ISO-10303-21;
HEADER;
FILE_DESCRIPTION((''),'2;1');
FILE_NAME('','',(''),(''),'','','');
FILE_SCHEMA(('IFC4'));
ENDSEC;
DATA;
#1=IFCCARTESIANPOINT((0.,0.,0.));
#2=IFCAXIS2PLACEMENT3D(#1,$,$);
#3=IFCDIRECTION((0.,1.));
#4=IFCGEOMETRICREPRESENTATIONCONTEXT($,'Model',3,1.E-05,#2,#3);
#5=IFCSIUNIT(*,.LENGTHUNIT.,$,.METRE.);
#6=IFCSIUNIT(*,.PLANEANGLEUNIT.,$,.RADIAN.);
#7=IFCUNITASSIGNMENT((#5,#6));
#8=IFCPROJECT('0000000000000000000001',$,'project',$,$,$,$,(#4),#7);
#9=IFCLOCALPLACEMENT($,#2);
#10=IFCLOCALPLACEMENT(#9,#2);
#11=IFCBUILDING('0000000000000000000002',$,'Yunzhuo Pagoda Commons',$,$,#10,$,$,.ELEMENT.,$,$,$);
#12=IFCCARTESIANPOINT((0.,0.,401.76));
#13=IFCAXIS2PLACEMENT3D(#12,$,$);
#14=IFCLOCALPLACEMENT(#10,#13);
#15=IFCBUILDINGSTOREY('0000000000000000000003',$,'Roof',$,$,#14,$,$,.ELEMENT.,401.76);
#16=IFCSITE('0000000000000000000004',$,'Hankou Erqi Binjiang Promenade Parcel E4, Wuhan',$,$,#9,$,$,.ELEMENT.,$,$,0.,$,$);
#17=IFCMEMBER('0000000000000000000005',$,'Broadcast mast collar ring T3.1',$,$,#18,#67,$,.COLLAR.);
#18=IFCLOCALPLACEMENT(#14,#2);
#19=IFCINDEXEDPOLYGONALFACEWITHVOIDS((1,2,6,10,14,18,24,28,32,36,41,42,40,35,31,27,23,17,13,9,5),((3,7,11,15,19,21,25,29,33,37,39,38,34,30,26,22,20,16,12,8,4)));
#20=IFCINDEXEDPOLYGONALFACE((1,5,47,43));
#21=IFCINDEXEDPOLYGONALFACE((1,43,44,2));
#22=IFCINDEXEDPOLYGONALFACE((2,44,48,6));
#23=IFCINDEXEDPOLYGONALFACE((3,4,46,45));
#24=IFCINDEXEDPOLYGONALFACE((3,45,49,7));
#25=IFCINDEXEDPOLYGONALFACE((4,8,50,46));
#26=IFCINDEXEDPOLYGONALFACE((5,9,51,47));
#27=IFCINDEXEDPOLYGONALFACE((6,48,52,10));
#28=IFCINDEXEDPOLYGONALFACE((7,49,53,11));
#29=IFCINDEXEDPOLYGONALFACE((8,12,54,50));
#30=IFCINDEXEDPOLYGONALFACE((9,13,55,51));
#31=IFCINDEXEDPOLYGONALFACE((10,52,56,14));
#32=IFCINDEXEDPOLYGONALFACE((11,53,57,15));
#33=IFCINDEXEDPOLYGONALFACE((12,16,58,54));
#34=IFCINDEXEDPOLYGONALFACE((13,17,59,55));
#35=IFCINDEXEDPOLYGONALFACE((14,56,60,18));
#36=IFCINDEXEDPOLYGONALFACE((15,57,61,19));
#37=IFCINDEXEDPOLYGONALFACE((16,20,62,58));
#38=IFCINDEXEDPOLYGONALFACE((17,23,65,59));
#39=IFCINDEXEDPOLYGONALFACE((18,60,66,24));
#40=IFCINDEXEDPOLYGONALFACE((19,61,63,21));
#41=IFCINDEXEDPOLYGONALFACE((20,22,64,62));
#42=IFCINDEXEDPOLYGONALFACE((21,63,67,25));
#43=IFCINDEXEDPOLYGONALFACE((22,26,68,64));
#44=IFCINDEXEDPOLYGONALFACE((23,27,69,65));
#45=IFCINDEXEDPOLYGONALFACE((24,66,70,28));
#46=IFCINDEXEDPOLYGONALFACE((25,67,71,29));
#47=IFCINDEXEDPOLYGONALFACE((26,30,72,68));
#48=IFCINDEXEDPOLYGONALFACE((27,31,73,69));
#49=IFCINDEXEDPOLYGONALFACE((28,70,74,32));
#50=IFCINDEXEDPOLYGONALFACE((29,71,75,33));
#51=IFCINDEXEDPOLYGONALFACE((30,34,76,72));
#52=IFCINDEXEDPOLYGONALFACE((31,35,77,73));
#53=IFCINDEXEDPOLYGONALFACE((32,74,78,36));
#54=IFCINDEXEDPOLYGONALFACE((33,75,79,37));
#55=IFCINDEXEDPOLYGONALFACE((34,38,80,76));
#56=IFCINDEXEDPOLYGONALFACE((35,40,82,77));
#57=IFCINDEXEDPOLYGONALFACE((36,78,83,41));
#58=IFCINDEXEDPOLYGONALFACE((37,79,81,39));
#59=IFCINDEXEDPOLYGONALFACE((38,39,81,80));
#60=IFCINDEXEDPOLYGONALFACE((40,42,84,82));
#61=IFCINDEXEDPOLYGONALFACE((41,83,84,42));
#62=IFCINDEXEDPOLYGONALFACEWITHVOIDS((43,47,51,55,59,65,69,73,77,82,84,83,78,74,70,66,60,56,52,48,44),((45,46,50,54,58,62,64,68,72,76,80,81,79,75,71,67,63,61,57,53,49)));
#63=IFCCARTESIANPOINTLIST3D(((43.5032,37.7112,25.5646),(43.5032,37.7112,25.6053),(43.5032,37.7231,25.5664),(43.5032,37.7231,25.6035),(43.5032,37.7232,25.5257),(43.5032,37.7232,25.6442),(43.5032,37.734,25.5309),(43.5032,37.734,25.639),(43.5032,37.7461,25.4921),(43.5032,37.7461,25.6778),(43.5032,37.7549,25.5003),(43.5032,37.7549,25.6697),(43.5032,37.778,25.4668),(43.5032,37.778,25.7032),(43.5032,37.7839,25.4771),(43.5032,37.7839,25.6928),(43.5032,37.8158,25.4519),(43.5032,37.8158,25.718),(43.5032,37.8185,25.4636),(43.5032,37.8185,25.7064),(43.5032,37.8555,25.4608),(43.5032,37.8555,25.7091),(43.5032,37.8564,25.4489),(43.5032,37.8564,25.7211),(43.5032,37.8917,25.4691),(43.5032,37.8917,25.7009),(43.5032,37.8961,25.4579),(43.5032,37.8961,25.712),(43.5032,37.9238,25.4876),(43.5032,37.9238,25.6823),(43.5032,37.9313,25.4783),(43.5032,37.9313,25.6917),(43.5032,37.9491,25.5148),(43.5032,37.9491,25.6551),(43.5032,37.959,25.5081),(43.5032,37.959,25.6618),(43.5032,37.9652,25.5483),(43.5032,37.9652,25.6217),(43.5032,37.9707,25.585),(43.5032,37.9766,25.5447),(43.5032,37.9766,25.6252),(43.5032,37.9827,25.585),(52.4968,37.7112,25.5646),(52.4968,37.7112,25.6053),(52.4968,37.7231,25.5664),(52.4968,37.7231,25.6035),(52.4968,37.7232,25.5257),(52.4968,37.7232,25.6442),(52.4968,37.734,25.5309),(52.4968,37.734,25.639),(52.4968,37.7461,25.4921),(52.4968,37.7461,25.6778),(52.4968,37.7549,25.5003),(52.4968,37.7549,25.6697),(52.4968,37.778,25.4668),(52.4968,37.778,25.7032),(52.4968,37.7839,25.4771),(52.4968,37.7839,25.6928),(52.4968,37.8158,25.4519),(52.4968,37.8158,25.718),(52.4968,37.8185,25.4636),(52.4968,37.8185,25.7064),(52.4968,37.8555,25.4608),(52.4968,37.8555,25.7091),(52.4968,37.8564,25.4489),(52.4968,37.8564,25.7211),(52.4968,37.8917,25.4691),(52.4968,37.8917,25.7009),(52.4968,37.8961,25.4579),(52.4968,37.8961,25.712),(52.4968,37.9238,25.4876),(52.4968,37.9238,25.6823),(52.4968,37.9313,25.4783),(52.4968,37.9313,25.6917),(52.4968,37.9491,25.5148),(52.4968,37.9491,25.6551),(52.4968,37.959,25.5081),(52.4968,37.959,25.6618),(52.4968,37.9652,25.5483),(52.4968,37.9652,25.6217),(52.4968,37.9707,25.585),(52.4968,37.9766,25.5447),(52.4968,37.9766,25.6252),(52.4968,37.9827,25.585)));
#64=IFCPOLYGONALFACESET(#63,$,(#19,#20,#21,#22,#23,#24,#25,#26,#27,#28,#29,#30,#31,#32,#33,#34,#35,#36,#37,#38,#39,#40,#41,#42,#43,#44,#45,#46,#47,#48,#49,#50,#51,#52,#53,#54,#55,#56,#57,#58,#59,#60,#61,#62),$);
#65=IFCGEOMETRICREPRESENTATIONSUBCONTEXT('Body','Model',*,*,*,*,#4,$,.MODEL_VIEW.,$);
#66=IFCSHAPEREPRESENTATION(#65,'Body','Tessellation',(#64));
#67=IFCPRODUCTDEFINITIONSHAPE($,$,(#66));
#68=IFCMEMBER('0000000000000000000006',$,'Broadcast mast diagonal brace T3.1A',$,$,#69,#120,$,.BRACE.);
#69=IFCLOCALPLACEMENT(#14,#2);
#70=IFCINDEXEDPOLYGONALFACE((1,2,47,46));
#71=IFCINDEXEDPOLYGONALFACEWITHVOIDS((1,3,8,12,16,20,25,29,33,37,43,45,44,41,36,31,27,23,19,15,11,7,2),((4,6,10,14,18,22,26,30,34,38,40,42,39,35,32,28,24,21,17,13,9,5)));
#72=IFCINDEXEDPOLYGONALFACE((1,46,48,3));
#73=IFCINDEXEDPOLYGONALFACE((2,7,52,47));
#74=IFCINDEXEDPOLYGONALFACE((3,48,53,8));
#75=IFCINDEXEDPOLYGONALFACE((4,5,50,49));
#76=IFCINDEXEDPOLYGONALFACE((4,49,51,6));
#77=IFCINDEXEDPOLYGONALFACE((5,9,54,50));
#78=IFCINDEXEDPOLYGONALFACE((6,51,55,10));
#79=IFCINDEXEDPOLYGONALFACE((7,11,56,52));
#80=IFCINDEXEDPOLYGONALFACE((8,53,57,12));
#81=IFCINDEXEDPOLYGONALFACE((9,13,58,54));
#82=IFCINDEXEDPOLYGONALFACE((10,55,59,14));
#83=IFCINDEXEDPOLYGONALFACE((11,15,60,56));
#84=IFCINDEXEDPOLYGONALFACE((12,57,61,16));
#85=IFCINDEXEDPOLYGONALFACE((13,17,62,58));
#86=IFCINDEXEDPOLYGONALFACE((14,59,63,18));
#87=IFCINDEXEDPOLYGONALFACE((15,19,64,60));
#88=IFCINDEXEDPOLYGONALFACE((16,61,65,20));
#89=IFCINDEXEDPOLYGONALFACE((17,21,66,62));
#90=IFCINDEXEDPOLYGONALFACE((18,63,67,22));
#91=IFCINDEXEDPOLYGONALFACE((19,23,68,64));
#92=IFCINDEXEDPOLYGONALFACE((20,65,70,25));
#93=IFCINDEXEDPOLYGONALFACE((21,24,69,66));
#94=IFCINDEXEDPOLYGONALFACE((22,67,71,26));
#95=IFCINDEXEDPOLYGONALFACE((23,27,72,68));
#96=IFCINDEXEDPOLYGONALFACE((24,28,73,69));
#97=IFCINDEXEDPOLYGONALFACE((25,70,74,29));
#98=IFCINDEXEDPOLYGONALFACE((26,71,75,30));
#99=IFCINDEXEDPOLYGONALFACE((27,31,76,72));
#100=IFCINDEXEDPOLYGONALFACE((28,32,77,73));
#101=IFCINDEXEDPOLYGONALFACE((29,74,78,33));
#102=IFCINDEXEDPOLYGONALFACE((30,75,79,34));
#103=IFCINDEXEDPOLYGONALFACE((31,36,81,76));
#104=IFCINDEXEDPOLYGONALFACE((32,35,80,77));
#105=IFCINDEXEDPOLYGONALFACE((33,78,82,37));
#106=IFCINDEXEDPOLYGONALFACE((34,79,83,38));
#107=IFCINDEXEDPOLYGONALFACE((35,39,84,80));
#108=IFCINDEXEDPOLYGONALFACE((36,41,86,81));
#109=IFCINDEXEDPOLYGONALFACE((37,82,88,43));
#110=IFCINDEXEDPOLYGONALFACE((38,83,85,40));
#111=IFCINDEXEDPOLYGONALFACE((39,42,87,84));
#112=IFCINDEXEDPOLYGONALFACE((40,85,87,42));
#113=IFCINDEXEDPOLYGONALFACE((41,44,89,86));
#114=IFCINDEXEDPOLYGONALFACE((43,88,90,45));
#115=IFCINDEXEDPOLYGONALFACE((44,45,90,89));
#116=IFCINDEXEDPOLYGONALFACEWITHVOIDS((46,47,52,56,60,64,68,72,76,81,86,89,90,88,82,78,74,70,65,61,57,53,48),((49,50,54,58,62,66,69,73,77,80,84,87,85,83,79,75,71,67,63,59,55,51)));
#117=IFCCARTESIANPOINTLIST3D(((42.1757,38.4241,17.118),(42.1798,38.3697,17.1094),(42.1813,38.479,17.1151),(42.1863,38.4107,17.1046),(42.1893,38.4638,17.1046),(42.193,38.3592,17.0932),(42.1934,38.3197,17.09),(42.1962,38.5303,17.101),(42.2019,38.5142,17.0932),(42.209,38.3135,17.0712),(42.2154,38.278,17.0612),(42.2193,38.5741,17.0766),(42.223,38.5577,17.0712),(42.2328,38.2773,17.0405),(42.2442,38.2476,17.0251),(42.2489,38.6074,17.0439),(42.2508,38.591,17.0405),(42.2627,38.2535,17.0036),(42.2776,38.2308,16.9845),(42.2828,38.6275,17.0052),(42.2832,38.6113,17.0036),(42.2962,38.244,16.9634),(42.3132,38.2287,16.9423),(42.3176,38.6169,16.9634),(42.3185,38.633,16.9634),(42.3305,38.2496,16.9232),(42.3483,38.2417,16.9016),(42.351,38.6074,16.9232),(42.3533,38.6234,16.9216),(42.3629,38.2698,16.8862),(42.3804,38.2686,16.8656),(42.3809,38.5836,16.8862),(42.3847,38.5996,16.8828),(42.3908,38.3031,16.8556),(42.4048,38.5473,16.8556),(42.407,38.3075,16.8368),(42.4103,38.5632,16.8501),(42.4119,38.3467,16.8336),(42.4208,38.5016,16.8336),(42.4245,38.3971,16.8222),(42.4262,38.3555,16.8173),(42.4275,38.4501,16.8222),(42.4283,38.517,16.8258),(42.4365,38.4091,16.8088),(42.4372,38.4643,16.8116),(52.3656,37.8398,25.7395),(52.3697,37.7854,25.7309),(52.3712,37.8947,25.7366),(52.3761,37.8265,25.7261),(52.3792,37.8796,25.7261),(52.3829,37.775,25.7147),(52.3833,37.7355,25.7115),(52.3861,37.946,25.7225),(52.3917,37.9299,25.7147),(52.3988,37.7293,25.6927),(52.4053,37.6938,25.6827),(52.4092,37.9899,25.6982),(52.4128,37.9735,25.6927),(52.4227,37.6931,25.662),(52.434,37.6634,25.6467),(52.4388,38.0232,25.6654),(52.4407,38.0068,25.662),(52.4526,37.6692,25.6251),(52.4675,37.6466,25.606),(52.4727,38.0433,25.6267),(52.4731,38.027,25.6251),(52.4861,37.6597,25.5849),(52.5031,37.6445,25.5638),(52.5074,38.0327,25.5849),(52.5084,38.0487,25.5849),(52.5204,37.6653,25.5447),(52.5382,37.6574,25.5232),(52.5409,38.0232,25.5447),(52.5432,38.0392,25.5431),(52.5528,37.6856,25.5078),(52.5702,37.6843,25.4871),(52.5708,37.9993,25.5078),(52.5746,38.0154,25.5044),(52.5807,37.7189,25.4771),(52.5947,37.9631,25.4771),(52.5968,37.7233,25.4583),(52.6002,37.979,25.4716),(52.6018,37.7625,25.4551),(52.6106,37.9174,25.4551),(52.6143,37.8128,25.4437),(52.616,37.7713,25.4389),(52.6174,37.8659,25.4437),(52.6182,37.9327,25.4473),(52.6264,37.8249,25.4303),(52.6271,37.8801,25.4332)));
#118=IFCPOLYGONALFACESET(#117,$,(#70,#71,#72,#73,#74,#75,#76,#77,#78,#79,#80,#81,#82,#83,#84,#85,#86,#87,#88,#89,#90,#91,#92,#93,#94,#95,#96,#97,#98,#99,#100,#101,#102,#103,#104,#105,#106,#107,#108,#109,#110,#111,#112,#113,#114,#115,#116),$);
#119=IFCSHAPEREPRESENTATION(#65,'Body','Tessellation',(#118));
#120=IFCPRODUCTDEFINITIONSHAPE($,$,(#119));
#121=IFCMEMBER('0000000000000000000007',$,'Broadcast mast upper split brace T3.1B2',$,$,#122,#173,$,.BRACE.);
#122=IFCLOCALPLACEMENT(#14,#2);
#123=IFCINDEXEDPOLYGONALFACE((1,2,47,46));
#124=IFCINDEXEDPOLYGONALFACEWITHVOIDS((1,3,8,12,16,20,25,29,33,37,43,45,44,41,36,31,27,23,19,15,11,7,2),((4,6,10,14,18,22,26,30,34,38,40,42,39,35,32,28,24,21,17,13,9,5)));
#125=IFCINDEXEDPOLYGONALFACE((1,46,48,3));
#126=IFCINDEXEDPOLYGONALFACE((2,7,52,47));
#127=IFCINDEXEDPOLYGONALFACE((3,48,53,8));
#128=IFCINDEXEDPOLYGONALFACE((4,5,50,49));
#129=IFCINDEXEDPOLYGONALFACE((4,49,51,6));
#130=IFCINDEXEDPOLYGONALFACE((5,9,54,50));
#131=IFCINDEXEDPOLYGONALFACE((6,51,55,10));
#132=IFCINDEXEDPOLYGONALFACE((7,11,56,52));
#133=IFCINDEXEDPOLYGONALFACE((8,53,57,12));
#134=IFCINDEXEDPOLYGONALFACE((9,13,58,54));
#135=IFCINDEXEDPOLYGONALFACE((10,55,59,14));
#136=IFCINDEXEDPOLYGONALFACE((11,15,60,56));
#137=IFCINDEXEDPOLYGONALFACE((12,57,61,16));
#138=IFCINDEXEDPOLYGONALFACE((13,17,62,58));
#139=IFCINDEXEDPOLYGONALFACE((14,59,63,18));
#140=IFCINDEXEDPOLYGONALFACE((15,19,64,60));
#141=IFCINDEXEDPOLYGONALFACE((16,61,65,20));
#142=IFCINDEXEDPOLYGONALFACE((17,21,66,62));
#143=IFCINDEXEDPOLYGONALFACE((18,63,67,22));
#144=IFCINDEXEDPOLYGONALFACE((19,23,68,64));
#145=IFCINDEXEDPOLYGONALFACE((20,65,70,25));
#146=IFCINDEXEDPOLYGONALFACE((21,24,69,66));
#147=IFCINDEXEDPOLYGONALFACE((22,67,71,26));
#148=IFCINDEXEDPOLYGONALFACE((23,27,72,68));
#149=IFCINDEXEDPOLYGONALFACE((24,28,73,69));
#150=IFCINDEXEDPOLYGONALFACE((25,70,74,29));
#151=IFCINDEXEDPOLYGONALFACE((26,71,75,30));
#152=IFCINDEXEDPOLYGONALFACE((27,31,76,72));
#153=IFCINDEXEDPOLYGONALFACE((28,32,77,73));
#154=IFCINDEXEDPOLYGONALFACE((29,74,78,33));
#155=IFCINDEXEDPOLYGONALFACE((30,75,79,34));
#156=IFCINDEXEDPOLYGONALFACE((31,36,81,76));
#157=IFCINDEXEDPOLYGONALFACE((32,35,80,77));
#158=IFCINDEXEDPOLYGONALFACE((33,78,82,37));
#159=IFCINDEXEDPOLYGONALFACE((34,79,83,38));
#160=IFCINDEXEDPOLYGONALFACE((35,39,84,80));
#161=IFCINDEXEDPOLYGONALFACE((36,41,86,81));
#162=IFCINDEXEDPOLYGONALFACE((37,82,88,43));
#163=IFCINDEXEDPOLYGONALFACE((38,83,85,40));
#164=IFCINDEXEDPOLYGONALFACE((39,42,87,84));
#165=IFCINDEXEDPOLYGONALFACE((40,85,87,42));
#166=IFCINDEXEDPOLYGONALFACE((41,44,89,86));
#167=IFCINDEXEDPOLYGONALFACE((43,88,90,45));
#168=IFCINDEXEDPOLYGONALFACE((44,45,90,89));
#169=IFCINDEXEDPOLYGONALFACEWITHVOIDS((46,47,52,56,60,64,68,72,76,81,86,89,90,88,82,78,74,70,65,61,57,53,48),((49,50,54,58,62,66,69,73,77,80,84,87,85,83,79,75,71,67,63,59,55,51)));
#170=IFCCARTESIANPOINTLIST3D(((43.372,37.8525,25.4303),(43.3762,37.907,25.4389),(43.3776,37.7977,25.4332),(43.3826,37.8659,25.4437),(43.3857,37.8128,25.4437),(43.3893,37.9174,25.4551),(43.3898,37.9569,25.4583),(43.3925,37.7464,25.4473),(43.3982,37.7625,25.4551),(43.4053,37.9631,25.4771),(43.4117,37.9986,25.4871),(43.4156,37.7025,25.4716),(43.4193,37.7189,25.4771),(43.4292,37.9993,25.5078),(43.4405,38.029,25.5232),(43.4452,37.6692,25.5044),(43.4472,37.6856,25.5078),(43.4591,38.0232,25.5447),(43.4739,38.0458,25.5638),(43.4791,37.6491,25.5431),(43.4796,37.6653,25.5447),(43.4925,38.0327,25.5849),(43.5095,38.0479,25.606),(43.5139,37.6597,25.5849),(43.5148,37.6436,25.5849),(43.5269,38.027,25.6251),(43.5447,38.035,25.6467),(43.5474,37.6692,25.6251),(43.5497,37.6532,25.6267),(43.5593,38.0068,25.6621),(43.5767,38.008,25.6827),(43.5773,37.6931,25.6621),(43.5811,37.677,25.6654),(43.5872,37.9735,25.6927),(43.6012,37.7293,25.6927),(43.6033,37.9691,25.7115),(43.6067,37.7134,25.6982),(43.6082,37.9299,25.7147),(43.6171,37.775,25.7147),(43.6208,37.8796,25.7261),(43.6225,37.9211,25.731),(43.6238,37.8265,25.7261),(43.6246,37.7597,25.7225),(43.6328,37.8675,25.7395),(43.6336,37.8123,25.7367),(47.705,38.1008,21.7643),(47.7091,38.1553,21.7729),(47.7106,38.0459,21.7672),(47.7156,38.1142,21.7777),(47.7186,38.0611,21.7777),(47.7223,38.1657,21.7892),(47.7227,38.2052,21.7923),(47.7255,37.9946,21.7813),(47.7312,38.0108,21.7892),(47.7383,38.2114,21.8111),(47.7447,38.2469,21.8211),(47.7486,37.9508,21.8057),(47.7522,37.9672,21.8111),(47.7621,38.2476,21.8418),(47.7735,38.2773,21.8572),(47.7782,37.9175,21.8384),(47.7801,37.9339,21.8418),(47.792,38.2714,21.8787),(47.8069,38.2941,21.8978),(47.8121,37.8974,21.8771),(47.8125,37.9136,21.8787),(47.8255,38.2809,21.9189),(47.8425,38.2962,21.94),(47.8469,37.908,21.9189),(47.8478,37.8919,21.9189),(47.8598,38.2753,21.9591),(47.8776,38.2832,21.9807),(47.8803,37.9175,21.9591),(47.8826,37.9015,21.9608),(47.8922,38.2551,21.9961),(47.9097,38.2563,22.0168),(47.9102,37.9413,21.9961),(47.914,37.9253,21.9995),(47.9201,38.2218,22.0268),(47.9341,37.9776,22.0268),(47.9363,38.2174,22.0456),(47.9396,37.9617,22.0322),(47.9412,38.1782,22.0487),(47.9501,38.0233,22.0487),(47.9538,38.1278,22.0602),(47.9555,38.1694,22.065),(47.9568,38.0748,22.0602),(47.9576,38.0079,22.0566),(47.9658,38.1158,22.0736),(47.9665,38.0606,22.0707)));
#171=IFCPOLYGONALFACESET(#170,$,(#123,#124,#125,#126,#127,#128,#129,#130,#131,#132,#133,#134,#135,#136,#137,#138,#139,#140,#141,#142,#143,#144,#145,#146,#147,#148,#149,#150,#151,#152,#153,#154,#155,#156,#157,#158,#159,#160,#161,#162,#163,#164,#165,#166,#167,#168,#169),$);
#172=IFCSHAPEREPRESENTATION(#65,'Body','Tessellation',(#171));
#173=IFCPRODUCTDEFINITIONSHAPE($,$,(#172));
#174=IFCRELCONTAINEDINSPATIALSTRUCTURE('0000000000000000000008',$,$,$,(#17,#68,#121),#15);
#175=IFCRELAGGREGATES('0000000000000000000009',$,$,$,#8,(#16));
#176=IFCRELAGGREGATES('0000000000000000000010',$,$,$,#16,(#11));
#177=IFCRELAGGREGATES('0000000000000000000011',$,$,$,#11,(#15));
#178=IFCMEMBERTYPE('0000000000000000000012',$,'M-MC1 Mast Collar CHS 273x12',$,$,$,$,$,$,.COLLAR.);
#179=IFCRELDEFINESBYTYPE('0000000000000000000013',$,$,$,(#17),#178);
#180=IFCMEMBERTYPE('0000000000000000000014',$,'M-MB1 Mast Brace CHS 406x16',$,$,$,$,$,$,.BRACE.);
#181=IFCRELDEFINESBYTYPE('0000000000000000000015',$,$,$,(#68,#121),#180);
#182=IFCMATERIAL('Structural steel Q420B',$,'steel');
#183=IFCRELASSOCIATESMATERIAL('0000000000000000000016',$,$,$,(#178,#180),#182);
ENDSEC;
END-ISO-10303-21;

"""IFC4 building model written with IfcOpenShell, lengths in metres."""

from ifc_helpers import new_model, si_unit, direction, frame, origin, origin_2d, place, context, subcontext, project, spatial, hollow_circle, extrude, source, transform, mapped, material, material_profile, profile_set, type_object, element, save


model = new_model("IFC4")

# Units and contexts
model_context = context("Model", 3, precision=1e-05, world=origin(), true_north=direction((0.0, 1.0)))
body_context = subcontext(model_context, "Body", "Model", "MODEL_VIEW")
ifc_project = project(units=[si_unit("LENGTHUNIT", "METRE"), si_unit("PLANEANGLEUNIT", "RADIAN")], contexts=[model_context])

# Site, building, storey
site_placement = place(None, origin())
site = spatial("IfcSite", under=ifc_project, at=site_placement, Name="Hankou Erqi Binjiang Promenade Parcel E4, Wuhan", CompositionType="ELEMENT", RefElevation=0.0)
building_placement = place(site_placement, origin())
building = spatial("IfcBuilding", under=site, at=building_placement, Name="Yunzhuo Pagoda Commons", CompositionType="ELEMENT")
storey_placement = place(building_placement, frame((0.0, 0.0, 401.76)))
storey = spatial("IfcBuildingStorey", under=building, at=storey_placement, Name="Roof", CompositionType="ELEMENT", Elevation=401.76)

# Members
ifc_material_1 = material(Name="Structural steel Q420B", Category="steel")
ifc_material_profile_1 = material_profile(ifc_material_1, hollow_circle(Radius=0.1365, WallThickness=0.012, at=origin_2d()), Name="Structural steel Q420B")
ifc_profile_set_1 = profile_set([ifc_material_profile_1], Name="Structural steel Q420B")
member_type_1 = type_object("IfcMemberType", Name="M-MC1 Mast Collar CHS 273x12", PredefinedType="COLLAR", material=ifc_profile_set_1)
ifc_material_profile_2 = material_profile(ifc_material_1, hollow_circle(Radius=0.2029, WallThickness=0.0161, at=origin_2d()), Name="Structural steel Q420B")
ifc_profile_set_2 = profile_set([ifc_material_profile_2], Name="Structural steel Q420B")
member_type_2 = type_object("IfcMemberType", Name="M-MB1 Mast Brace CHS 406x16", PredefinedType="BRACE", material=ifc_profile_set_2)
shared_shape_1 = source(origin(), body_context, "Body", "SweptSolid", [
    extrude(hollow_circle(Radius=0.1365, WallThickness=0.012, at=origin_2d()), origin(), (0.0, 0.0, 1.0), 8.9937),
])
member_1_placement = place(storey_placement, frame((43.5032, 37.8462, 25.585), z_axis=(1.0, 0.0, 0.0), x_axis=(0.0, 1.0, 0.0)))
element("IfcMember", 1, at=member_1_placement, inside=storey, type_object=member_type_1, Name="Broadcast mast collar ring T3.1", PredefinedType="COLLAR", context=body_context, shape_type="MappedRepresentation", body=[
    mapped(shared_shape_1, transform((0.0, 0.0, 0.0), scale=1.0)),
])
shared_shape_2 = source(origin(), body_context, "Body", "SweptSolid", [
    extrude(hollow_circle(Radius=0.2029, WallThickness=0.0161, at=origin_2d()), origin(), (0.0, 0.0, 1.0), 13.3606),
])
member_2_placement = place(storey_placement, frame((42.3069, 38.4304, 16.9634), z_axis=(0.762681, -0.043727, 0.645295), x_axis=(0.05724, 0.99836, 0.0)))
element("IfcMember", 2, at=member_2_placement, inside=storey, type_object=member_type_2, Name="Broadcast mast diagonal brace T3.1A", PredefinedType="BRACE", context=body_context, shape_type="MappedRepresentation", body=[
    mapped(shared_shape_2, transform((0.0, 0.0, 0.0), scale=1.0)),
])
shared_shape_3 = source(origin(), body_context, "Body", "SweptSolid", [
    extrude(hollow_circle(Radius=0.2029, WallThickness=0.0161, at=origin_2d()), origin(), (0.0, 0.0, 1.0), 5.6812),
])
member_3_placement = place(storey_placement, frame((47.8362, 38.0945, 21.9189), z_axis=(-0.762689, -0.043704, 0.645287), x_axis=(0.057208, -0.998362, 0.0)))
element("IfcMember", 3, at=member_3_placement, inside=storey, type_object=member_type_2, Name="Broadcast mast upper split brace T3.1B2", PredefinedType="BRACE", context=body_context, shape_type="MappedRepresentation", body=[
    mapped(shared_shape_3, transform((0.0, 0.0, 0.0), scale=1.0)),
])

save(model, "model.ifc")
